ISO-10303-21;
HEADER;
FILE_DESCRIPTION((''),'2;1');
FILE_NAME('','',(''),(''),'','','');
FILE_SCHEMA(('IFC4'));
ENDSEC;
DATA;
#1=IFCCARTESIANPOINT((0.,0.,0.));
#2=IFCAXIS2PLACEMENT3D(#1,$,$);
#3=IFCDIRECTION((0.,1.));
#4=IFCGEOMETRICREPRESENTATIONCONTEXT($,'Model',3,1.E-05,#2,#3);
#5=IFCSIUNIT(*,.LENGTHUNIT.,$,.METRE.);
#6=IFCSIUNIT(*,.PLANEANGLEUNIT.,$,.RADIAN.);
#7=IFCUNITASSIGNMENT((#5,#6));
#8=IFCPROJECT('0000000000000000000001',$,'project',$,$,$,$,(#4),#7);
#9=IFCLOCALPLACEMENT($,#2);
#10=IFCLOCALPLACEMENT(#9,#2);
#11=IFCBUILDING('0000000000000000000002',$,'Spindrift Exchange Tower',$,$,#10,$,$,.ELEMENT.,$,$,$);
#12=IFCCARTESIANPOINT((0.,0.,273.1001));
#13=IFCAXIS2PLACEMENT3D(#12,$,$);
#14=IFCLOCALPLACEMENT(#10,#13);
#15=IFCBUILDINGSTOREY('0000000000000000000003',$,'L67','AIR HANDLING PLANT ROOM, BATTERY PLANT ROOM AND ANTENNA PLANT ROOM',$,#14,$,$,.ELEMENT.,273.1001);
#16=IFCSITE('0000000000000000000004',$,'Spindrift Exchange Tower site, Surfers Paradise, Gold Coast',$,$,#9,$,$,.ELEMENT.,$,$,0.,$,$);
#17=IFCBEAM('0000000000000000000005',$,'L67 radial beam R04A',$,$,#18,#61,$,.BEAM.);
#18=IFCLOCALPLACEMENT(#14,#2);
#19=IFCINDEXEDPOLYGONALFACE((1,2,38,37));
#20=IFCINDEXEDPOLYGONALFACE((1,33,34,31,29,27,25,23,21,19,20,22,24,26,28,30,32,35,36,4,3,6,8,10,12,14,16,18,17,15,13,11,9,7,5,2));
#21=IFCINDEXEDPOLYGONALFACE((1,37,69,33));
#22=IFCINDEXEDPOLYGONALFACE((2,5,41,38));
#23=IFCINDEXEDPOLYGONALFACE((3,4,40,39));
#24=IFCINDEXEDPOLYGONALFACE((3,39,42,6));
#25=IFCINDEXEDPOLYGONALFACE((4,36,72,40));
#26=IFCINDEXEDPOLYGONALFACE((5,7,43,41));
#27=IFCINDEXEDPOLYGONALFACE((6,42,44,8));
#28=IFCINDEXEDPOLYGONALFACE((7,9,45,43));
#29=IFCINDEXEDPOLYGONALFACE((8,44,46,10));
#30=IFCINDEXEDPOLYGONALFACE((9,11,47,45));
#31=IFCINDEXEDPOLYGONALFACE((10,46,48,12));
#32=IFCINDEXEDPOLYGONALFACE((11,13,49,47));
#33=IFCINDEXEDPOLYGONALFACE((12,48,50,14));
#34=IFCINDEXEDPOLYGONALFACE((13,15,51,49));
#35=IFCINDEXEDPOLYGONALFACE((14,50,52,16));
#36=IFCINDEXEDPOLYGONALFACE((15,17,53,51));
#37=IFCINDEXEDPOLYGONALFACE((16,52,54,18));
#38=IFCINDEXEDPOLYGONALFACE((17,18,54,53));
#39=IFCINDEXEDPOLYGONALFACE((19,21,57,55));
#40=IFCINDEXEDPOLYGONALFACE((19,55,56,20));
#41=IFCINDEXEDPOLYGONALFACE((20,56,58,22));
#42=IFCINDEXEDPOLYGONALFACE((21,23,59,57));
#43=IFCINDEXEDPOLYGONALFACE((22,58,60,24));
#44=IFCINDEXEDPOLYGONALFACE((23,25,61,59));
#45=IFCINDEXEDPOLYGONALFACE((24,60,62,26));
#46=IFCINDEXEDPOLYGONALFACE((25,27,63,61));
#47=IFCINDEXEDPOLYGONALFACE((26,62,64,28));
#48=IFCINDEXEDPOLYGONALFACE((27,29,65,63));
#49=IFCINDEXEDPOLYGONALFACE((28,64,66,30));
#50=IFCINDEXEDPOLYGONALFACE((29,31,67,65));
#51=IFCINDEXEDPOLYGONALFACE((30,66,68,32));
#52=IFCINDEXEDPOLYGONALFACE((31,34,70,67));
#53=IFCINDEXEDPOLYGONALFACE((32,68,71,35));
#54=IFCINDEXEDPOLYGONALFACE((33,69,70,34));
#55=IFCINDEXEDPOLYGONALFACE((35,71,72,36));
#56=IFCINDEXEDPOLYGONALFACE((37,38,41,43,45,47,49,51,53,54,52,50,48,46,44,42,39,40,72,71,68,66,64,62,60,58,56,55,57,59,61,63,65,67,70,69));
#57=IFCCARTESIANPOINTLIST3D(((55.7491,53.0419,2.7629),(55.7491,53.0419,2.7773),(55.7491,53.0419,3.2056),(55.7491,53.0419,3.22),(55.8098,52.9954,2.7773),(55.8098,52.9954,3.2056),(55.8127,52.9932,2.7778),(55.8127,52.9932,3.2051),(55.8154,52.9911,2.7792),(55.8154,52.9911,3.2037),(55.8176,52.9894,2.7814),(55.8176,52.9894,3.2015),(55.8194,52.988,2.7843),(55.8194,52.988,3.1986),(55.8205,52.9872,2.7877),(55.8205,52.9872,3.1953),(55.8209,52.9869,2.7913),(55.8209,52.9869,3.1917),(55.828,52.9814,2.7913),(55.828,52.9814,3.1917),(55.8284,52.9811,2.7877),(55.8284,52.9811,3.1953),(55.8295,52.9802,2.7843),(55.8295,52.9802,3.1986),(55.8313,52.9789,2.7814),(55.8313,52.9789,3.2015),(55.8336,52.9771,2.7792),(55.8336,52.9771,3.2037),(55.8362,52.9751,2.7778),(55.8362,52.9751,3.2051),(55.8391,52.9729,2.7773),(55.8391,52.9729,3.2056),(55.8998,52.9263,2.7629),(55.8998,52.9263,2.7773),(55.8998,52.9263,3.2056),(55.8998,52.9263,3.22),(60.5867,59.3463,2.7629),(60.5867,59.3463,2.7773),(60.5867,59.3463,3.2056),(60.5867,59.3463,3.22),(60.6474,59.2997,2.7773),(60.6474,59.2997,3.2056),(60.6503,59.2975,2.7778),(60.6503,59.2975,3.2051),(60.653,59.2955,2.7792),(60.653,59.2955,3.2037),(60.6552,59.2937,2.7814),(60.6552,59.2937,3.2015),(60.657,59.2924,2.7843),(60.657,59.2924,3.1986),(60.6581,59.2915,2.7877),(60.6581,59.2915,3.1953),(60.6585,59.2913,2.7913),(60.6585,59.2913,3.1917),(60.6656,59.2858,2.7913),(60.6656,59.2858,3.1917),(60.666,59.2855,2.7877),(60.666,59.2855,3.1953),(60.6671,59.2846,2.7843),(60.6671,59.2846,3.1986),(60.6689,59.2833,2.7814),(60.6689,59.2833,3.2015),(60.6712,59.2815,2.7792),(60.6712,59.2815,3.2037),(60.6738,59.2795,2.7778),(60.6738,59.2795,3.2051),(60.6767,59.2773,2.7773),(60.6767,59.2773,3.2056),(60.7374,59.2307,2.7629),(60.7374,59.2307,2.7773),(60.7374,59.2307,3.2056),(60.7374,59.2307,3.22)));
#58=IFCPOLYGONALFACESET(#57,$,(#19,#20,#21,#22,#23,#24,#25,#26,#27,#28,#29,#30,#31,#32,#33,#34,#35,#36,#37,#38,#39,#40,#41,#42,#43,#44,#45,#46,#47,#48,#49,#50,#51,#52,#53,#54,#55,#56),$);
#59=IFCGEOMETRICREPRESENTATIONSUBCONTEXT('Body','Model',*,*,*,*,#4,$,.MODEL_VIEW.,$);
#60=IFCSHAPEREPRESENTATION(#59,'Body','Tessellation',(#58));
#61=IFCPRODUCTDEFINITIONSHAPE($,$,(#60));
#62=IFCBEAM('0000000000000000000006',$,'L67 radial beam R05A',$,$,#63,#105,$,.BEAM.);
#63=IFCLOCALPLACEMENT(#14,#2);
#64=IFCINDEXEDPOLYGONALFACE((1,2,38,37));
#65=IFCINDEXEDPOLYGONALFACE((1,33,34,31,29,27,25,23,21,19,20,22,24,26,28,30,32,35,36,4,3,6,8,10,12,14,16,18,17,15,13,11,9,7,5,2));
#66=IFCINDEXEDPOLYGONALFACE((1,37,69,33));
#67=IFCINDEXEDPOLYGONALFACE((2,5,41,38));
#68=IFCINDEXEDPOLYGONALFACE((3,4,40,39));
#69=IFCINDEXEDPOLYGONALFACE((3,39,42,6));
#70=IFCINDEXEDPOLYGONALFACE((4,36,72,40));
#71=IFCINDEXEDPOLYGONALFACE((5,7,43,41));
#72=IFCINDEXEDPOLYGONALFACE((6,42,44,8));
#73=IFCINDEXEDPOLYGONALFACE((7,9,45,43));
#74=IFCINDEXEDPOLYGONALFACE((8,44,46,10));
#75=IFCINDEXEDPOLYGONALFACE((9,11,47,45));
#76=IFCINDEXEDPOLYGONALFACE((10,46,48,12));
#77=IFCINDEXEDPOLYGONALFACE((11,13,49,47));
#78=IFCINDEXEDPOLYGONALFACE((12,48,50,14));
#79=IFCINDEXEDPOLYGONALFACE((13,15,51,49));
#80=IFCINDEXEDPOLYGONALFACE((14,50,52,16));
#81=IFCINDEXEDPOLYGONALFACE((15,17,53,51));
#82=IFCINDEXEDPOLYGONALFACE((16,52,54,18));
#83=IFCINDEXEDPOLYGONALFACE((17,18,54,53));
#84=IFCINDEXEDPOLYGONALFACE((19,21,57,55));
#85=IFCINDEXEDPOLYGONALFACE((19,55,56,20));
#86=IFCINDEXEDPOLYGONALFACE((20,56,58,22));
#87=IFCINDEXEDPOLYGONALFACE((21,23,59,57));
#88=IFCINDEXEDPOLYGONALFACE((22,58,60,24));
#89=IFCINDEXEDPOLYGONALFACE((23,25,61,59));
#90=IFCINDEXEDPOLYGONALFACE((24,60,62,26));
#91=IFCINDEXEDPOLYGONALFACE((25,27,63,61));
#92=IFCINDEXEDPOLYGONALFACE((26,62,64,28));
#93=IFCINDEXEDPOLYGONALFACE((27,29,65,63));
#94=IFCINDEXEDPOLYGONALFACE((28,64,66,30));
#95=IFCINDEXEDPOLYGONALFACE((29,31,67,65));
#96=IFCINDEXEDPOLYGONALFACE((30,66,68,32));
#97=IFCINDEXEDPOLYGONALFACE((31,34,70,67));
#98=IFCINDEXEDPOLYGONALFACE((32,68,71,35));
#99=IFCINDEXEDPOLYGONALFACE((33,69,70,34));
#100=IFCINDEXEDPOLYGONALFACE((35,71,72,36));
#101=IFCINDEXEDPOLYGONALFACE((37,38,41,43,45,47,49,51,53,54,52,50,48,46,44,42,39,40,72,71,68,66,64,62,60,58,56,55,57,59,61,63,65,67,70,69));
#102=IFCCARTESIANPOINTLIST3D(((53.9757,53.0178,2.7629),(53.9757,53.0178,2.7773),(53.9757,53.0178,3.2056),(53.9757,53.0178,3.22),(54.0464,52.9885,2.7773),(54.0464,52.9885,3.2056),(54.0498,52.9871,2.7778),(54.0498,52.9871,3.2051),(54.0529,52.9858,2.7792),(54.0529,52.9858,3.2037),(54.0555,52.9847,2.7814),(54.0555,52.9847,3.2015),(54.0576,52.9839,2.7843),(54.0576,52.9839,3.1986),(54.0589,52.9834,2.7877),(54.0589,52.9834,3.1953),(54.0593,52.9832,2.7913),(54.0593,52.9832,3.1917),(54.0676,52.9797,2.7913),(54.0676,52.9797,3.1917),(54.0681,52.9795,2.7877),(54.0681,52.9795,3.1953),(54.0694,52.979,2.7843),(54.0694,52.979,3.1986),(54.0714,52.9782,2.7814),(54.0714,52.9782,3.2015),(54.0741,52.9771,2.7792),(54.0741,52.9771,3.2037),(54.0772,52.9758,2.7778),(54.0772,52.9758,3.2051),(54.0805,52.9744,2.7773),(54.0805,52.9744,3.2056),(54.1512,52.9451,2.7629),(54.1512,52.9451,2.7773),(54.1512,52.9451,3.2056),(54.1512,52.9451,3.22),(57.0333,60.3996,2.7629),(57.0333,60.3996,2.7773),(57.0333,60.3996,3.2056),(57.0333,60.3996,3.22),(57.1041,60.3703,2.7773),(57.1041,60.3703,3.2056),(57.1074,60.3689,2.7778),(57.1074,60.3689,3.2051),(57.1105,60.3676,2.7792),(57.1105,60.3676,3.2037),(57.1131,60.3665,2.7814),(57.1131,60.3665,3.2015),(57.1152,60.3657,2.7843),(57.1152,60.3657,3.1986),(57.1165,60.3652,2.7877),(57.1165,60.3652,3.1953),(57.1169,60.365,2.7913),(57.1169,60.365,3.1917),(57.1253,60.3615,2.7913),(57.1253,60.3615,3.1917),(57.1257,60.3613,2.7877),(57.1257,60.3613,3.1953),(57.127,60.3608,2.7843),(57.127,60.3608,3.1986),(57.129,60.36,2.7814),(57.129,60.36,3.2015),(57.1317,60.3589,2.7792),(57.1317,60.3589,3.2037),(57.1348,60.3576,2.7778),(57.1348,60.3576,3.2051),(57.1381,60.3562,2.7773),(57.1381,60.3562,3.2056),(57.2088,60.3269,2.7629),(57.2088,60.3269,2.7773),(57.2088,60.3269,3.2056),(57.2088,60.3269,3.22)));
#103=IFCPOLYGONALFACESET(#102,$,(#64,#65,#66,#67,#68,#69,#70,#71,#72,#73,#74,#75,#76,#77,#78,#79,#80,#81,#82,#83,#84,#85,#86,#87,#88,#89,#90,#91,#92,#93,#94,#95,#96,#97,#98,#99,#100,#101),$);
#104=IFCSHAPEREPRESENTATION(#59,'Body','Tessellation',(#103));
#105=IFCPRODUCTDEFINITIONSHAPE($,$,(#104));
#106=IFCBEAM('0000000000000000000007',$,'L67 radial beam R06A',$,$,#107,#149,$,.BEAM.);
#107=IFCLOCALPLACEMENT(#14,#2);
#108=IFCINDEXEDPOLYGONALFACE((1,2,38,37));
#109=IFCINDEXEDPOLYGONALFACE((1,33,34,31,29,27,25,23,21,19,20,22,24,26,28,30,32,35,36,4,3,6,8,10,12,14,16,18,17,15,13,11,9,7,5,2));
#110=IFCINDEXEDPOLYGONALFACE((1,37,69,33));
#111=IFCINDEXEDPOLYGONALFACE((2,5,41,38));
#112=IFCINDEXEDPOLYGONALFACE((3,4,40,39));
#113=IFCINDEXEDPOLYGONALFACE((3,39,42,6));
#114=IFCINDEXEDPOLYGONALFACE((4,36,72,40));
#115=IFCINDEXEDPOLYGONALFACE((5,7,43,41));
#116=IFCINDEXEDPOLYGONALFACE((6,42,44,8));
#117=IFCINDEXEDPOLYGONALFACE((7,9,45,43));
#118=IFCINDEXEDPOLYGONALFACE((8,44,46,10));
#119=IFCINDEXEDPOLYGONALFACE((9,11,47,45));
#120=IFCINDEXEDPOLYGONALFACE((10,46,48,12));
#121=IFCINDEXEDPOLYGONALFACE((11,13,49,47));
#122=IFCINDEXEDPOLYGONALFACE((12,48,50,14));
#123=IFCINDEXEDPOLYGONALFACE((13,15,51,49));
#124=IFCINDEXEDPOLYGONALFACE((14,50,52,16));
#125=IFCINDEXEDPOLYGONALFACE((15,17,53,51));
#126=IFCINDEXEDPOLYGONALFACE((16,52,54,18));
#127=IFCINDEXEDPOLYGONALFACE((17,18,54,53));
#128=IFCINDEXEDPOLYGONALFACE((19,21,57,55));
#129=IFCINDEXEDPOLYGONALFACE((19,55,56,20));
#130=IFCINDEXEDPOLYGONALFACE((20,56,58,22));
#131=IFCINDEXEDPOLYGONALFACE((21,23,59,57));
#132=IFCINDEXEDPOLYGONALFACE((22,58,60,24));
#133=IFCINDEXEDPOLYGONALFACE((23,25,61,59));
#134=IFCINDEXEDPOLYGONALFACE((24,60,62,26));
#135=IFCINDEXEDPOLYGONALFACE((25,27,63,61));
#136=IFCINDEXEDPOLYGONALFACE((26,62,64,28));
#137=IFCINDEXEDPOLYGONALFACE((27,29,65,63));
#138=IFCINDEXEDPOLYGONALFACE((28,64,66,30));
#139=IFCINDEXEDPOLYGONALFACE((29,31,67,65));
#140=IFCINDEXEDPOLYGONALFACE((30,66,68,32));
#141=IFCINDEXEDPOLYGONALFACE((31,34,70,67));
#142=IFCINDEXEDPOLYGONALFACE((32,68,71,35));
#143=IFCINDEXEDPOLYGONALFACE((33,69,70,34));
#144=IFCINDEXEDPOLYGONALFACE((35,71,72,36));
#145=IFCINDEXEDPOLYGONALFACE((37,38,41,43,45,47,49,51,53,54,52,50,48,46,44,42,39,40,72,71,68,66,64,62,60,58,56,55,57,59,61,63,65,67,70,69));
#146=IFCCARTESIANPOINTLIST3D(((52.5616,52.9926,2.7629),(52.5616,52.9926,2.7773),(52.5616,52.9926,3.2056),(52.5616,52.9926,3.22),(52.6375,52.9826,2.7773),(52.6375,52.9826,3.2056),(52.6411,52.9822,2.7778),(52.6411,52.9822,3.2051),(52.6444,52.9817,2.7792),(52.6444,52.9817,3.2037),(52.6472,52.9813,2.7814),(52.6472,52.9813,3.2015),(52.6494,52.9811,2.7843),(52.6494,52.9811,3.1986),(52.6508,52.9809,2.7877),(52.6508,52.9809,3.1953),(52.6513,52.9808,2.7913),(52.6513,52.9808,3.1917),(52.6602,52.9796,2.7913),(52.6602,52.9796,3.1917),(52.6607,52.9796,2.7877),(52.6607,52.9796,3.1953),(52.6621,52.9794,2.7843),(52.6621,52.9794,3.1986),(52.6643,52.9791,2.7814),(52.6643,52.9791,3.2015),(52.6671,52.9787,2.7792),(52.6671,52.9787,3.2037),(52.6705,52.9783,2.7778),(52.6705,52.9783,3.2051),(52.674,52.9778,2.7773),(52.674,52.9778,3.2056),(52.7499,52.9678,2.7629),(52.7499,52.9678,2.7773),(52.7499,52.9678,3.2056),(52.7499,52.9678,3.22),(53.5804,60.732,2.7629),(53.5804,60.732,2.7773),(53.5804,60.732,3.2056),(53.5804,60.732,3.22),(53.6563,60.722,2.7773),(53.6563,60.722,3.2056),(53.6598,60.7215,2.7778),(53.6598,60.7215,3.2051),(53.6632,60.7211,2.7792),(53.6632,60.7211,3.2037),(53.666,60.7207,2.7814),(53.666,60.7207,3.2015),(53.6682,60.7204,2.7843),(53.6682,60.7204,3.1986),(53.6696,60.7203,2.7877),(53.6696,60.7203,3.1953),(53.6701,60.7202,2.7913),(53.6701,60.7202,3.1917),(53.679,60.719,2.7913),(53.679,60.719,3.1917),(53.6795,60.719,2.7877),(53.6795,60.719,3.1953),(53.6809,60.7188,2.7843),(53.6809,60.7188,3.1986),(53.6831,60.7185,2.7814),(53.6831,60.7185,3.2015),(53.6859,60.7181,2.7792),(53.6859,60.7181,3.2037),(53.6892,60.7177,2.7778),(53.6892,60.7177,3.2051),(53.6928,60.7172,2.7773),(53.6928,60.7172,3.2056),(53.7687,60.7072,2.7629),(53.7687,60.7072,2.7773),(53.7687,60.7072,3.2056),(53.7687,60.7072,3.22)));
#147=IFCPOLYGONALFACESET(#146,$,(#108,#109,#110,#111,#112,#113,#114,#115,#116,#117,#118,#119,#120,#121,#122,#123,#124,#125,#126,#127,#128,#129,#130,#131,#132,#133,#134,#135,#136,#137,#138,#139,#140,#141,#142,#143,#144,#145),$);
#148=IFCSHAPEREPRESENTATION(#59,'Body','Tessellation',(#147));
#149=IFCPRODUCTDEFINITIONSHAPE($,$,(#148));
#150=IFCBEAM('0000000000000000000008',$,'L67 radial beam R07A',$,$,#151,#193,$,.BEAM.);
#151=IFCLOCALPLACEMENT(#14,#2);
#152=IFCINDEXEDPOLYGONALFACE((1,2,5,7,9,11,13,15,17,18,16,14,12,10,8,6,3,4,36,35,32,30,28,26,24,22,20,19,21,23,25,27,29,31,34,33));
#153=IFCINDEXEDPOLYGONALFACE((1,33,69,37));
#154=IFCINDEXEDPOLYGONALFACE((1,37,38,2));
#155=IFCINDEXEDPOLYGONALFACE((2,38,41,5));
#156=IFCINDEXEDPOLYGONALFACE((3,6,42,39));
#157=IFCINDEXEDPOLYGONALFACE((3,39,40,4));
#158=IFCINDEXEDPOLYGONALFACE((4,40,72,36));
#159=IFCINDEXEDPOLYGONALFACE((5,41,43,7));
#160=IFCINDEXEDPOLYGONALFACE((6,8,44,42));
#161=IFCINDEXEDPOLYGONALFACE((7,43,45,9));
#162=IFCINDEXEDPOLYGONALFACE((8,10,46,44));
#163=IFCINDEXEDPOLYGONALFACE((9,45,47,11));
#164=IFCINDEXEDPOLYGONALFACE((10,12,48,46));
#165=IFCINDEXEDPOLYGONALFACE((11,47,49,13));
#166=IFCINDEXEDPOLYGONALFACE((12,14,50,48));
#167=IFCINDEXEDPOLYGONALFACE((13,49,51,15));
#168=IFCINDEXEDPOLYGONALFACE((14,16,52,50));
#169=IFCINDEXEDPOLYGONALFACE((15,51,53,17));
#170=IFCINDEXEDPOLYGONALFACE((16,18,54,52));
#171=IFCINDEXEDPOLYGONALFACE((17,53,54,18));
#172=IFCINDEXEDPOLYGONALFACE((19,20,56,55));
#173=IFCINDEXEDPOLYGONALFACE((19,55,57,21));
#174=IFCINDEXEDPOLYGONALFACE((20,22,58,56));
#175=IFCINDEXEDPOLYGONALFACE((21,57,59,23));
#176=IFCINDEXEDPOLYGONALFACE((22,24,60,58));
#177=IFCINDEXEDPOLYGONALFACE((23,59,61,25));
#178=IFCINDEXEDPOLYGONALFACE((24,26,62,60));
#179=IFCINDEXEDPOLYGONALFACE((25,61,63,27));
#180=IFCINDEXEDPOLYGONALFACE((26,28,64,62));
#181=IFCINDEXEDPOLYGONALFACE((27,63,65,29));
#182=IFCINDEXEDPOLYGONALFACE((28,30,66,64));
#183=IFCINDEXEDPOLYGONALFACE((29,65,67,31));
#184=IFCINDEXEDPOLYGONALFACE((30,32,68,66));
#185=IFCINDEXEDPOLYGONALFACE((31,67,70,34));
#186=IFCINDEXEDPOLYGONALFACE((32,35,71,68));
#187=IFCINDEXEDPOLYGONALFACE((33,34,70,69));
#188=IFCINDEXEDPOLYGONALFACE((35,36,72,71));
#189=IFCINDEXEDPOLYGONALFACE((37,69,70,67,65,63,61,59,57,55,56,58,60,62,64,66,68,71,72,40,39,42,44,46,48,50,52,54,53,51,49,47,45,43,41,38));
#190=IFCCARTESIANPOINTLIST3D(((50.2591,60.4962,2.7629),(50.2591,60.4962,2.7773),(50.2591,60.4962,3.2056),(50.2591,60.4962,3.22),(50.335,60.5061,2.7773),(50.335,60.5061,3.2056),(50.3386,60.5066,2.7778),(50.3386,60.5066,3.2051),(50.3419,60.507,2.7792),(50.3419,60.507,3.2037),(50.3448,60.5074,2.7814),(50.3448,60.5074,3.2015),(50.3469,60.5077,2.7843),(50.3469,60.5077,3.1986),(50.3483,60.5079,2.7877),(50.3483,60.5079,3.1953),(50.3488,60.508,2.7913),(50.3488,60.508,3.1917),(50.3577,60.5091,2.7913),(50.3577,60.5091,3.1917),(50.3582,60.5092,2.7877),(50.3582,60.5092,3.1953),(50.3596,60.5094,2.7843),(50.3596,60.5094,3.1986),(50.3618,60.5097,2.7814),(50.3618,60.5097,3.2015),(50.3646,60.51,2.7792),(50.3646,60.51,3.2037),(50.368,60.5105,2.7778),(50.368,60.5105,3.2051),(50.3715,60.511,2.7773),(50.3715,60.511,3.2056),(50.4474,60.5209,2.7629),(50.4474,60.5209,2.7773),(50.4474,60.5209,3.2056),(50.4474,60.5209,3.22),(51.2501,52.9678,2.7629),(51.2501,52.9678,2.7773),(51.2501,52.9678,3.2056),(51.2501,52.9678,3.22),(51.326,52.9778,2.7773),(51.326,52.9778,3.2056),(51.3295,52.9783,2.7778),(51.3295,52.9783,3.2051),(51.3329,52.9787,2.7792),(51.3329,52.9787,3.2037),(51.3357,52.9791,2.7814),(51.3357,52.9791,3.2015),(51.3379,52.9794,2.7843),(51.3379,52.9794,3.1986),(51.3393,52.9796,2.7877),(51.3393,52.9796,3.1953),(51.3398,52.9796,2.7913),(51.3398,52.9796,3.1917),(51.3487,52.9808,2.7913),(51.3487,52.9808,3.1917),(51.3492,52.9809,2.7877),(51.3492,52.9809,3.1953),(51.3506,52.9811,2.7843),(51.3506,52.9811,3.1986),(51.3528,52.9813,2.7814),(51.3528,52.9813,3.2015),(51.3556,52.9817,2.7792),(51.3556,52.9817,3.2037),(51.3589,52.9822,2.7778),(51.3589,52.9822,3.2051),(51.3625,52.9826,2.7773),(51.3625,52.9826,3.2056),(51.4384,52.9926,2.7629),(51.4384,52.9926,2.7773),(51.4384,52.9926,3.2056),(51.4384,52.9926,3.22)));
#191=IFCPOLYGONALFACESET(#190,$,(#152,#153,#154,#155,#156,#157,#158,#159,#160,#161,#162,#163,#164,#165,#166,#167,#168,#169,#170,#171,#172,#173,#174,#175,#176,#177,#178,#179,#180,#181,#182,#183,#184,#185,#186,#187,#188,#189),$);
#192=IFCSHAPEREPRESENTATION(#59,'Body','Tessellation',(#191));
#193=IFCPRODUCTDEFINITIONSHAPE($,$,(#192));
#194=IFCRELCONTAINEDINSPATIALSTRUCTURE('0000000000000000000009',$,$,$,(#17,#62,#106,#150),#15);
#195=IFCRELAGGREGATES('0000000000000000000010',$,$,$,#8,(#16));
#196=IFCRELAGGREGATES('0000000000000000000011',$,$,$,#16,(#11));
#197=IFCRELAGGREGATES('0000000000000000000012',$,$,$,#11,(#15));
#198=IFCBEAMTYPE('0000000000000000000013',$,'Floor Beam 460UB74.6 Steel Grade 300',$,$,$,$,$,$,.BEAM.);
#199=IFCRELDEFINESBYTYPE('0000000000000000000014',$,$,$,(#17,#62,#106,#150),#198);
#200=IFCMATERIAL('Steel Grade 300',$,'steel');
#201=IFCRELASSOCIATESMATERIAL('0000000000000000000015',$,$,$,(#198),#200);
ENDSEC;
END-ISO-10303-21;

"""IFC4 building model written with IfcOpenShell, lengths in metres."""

from ifc_helpers import new_model, si_unit, direction, frame, origin, origin_2d, place, context, subcontext, project, spatial, i_section, extrude, source, transform, mapped, material, material_profile, profile_set, type_object, element, save


model = new_model("IFC4")

# Units and contexts
model_context = context("Model", 3, precision=1e-05, world=origin(), true_north=direction((0.0, 1.0)))
body_context = subcontext(model_context, "Body", "Model", "MODEL_VIEW")
ifc_project = project(units=[si_unit("LENGTHUNIT", "METRE"), si_unit("PLANEANGLEUNIT", "RADIAN")], contexts=[model_context])

# Site, building, storey
site_placement = place(None, origin())
site = spatial("IfcSite", under=ifc_project, at=site_placement, Name="Spindrift Exchange Tower site, Surfers Paradise, Gold Coast", CompositionType="ELEMENT", RefElevation=0.0)
building_placement = place(site_placement, origin())
building = spatial("IfcBuilding", under=site, at=building_placement, Name="Spindrift Exchange Tower", CompositionType="ELEMENT")
storey_placement = place(building_placement, frame((0.0, 0.0, 273.1001)))
storey = spatial("IfcBuildingStorey", under=building, at=storey_placement, Name="L67", Description="AIR HANDLING PLANT ROOM, BATTERY PLANT ROOM AND ANTENNA PLANT ROOM", CompositionType="ELEMENT", Elevation=273.1001)

# Beams
ifc_material_1 = material(Name="Steel Grade 300", Category="steel")
ifc_material_profile_1 = material_profile(ifc_material_1, i_section(OverallWidth=0.1899, OverallDepth=0.457, WebThickness=0.009, FlangeThickness=0.0144, FilletRadius=0.0139, at=origin_2d()), Name="460UB74.6")
ifc_profile_set_1 = profile_set([ifc_material_profile_1], Name="Steel Grade 300")
beam_type_1 = type_object("IfcBeamType", Name="Floor Beam 460UB74.6 Steel Grade 300", PredefinedType="BEAM", material=ifc_profile_set_1)
shared_shape_1 = source(origin(), body_context, "Body", "SweptSolid", [
    extrude(i_section(OverallWidth=0.1899, OverallDepth=0.457, WebThickness=0.009, FlangeThickness=0.0144, FilletRadius=0.0139, at=origin_2d()), origin(), (0.0, 0.0, 1.0), 7.9465),
])
beam_1_placement = place(storey_placement, frame((55.8245, 52.9841, 2.9915), z_axis=(0.608768, 0.793349, 0.0), x_axis=(-0.793349, 0.608768, 0.0)))
element("IfcBeam", 1, at=beam_1_placement, inside=storey, type_object=beam_type_1, Name="L67 radial beam R04A", PredefinedType="BEAM", context=body_context, shape_type="MappedRepresentation", body=[
    mapped(shared_shape_1, transform((0.0, 0.0, 0.0), scale=1.0)),
])
shared_shape_2 = source(origin(), body_context, "Body", "SweptSolid", [
    extrude(i_section(OverallWidth=0.1899, OverallDepth=0.457, WebThickness=0.009, FlangeThickness=0.0144, FilletRadius=0.0139, at=origin_2d()), origin(), (0.0, 0.0, 1.0), 7.99),
])
beam_2_placement = place(storey_placement, frame((54.0635, 52.9814, 2.9915), z_axis=(0.382679, 0.923881, 0.0), x_axis=(-0.923881, 0.382679, 0.0)))
element("IfcBeam", 2, at=beam_2_placement, inside=storey, type_object=beam_type_1, Name="L67 radial beam R05A", PredefinedType="BEAM", context=body_context, shape_type="MappedRepresentation", body=[
    mapped(shared_shape_2, transform((0.0, 0.0, 0.0), scale=1.0)),
])
shared_shape_3 = source(origin(), body_context, "Body", "SweptSolid", [
    extrude(i_section(OverallWidth=0.1899, OverallDepth=0.457, WebThickness=0.009, FlangeThickness=0.0144, FilletRadius=0.0139, at=origin_2d()), origin(), (0.0, 0.0, 1.0), 7.8062),
])
beam_3_placement = place(storey_placement, frame((52.6558, 52.9802, 2.9915), z_axis=(0.13051, 0.991447, 0.0), x_axis=(-0.991447, 0.13051, 0.0)))
element("IfcBeam", 3, at=beam_3_placement, inside=storey, type_object=beam_type_1, Name="L67 radial beam R06A", PredefinedType="BEAM", context=body_context, shape_type="MappedRepresentation", body=[
    mapped(shared_shape_3, transform((0.0, 0.0, 0.0), scale=1.0)),
])
shared_shape_4 = source(origin(), body_context, "Body", "SweptSolid", [
    extrude(i_section(OverallWidth=0.1899, OverallDepth=0.457, WebThickness=0.009, FlangeThickness=0.0144, FilletRadius=0.0139, at=origin_2d()), origin(), (0.0, 0.0, 1.0), 7.5933),
])
beam_4_placement = place(storey_placement, frame((51.3442, 52.9802, 2.9915), z_axis=(-0.130506, 0.991448, 0.0), x_axis=(-0.991448, -0.130506, 0.0)))
element("IfcBeam", 4, at=beam_4_placement, inside=storey, type_object=beam_type_1, Name="L67 radial beam R07A", PredefinedType="BEAM", context=body_context, shape_type="MappedRepresentation", body=[
    mapped(shared_shape_4, transform((0.0, 0.0, 0.0), scale=1.0)),
])

save(model, "model.ifc")
